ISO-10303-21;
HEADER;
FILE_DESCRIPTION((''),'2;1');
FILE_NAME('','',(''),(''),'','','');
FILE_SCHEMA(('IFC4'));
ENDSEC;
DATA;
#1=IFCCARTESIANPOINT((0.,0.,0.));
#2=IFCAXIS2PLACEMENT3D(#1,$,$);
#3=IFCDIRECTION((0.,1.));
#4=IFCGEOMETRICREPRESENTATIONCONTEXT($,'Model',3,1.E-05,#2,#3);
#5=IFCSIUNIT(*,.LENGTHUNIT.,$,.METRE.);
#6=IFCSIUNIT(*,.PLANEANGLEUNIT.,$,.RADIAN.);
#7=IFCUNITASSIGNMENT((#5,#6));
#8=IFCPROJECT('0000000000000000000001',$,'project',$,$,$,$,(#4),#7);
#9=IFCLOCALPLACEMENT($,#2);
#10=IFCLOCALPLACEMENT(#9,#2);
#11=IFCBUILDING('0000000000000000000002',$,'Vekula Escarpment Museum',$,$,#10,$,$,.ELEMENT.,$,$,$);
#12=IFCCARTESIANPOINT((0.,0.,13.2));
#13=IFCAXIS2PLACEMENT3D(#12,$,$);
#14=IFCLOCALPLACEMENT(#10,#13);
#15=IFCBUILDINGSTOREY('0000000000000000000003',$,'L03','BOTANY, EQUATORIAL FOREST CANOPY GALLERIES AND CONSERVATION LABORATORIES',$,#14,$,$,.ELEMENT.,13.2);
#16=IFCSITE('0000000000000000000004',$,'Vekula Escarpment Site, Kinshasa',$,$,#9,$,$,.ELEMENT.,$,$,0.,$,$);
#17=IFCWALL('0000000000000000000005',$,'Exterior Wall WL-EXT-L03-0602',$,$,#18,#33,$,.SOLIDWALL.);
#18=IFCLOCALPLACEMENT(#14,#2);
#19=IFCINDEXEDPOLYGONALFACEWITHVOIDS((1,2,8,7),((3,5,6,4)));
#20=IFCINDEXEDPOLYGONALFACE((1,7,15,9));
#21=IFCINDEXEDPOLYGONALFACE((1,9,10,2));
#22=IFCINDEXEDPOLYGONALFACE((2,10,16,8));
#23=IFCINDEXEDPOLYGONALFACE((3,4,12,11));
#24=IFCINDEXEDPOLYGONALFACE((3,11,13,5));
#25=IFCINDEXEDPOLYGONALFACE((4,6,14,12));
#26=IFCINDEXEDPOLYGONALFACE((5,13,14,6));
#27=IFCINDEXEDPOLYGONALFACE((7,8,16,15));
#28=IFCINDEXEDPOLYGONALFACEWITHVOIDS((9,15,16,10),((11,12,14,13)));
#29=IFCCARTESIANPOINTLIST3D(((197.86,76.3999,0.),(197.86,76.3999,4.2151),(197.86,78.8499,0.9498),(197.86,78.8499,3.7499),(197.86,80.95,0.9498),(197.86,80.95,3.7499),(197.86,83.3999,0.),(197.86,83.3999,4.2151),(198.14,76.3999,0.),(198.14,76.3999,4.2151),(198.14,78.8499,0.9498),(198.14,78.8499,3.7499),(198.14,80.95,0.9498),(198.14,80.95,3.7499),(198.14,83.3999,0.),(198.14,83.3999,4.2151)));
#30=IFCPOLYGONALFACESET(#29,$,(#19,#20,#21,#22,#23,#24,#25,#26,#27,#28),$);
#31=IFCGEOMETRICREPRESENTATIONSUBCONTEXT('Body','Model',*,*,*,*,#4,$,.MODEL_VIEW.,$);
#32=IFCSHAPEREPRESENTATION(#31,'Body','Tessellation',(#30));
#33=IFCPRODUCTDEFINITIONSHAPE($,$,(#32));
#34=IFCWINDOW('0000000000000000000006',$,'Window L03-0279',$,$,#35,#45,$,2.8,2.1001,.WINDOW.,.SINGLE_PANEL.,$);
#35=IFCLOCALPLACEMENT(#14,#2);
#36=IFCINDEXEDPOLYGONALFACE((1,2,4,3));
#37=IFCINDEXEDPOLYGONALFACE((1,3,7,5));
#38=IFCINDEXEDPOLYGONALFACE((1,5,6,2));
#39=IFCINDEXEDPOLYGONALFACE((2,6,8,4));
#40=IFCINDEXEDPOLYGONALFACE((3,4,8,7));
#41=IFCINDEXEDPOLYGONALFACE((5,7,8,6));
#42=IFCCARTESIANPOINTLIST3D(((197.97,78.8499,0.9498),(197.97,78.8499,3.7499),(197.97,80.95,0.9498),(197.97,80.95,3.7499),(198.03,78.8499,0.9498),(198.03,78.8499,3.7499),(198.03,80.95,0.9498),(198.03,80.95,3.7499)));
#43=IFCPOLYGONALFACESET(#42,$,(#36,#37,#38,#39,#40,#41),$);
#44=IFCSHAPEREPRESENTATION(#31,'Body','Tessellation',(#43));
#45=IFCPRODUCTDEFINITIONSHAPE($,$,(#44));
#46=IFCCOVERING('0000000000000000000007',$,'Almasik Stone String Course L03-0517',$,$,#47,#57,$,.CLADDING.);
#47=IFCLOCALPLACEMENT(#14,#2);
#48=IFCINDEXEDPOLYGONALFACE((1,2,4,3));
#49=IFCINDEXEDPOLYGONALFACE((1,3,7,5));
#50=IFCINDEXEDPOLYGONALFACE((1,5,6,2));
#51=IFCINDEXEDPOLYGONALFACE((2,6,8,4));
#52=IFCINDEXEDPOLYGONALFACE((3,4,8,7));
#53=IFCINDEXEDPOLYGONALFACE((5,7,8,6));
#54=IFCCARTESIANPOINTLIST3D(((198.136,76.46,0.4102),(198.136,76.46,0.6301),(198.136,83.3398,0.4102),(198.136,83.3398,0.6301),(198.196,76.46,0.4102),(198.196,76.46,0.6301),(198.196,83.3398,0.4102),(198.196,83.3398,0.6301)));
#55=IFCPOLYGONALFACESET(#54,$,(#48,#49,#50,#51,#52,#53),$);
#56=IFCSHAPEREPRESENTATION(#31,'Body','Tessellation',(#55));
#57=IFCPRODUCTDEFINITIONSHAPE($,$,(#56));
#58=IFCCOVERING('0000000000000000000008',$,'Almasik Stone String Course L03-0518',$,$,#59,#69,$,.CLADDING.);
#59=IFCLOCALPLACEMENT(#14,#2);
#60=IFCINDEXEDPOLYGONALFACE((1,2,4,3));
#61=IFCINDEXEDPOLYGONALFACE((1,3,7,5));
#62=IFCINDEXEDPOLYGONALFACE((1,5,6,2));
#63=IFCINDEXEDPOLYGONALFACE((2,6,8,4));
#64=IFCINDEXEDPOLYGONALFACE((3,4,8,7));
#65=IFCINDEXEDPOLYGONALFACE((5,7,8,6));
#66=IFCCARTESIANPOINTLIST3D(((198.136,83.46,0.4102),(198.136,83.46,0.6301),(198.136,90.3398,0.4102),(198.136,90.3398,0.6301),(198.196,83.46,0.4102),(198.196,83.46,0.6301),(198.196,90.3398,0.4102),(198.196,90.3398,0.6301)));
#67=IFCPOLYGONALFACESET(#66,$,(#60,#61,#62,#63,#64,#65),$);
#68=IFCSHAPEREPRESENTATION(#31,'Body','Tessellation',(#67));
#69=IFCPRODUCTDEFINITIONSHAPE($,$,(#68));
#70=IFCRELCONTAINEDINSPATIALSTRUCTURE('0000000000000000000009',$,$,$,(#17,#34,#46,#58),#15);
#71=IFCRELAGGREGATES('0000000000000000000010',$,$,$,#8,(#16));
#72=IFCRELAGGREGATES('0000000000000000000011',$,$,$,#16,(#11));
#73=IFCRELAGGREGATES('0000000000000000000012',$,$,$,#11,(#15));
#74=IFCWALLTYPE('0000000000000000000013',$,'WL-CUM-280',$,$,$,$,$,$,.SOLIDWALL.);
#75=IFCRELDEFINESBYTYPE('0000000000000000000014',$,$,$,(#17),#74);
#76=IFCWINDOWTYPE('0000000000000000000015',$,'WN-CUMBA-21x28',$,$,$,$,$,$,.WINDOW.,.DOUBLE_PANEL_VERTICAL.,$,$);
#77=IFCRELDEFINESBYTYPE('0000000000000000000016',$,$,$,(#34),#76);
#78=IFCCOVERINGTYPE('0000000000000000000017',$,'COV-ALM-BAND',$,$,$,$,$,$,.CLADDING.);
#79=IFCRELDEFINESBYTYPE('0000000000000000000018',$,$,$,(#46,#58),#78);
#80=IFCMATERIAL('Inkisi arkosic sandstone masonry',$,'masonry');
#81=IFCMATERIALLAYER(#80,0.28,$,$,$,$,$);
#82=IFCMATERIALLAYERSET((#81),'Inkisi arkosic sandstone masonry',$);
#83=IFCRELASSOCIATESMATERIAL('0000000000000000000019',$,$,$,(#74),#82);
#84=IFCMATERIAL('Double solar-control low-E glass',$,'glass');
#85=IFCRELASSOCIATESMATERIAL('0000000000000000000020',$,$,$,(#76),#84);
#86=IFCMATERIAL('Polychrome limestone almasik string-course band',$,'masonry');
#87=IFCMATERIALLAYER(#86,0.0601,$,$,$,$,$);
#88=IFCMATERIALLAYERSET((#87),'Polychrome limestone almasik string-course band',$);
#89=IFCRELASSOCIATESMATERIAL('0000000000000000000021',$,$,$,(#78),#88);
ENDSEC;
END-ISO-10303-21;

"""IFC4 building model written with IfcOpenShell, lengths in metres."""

from ifc_helpers import new_model, si_unit, direction, frame, frame_2d, origin, origin_2d, place, context, subcontext, project, spatial, rectangle, extrude, material, layer, layer_set, type_object, element, fill, save


model = new_model("IFC4")

# Units and contexts
model_context = context("Model", 3, precision=1e-05, world=origin(), true_north=direction((0.0, 1.0)))
body_context = subcontext(model_context, "Body", "Model", "MODEL_VIEW")
ifc_project = project(units=[si_unit("LENGTHUNIT", "METRE"), si_unit("PLANEANGLEUNIT", "RADIAN")], contexts=[model_context])

# Site, building, storey
site_placement = place(None, origin())
site = spatial("IfcSite", under=ifc_project, at=site_placement, Name="Vekula Escarpment Site, Kinshasa", CompositionType="ELEMENT", RefElevation=0.0)
building_placement = place(site_placement, origin())
building = spatial("IfcBuilding", under=site, at=building_placement, Name="Vekula Escarpment Museum", CompositionType="ELEMENT")
storey_placement = place(building_placement, frame((0.0, 0.0, 13.2)))
storey = spatial("IfcBuildingStorey", under=building, at=storey_placement, Name="L03", Description="BOTANY, EQUATORIAL FOREST CANOPY GALLERIES AND CONSERVATION LABORATORIES", CompositionType="ELEMENT", Elevation=13.2)

# Wall, opening, window
ifc_material_1 = material(Name="Inkisi arkosic sandstone masonry", Category="masonry")
ifc_layer_1 = layer(ifc_material_1, 0.28)
ifc_layer_set_1 = layer_set([ifc_layer_1], Name="Inkisi arkosic sandstone masonry")
wall_type = type_object("IfcWallType", Name="WL-CUM-280", PredefinedType="SOLIDWALL", material=ifc_layer_set_1)
wall_placement = place(storey_placement, frame((198.0, 83.3999, 0.0), z_axis=(0.0, 0.0, 1.0), x_axis=(0.0, -1.0, 0.0)))
wall = element("IfcWall", 1, at=wall_placement, inside=storey, type_object=wall_type, Name="Exterior Wall WL-EXT-L03-0602", PredefinedType="SOLIDWALL", context=body_context, shape_type="SweptSolid", body=[
    extrude(rectangle(XDim=7.0, YDim=0.28, at=frame_2d((3.5, 0.0))), origin(), (0.0, 0.0, 1.0), 4.2151),
])
opening_placement = place(wall_placement, frame((2.45, 0.0, 0.95)))
opening = element("IfcOpeningElement", 2, at=opening_placement, cuts=wall, PredefinedType="OPENING", context=body_context, shape_type="SweptSolid", body=[
    extrude(rectangle(XDim=2.1001, YDim=2.8, at=frame_2d((1.05, 1.3999))), frame((0.0, 0.1499, 0.0), z_axis=(0.0, -1.0, 0.0), x_axis=(1.0, 0.0, 0.0)), (0.0, 0.0, 1.0), 0.3),
])
ifc_material_2 = material(Name="Double solar-control low-E glass", Category="glass")
window_type = type_object("IfcWindowType", Name="WN-CUMBA-21x28", PartitioningType="DOUBLE_PANEL_VERTICAL", PredefinedType="WINDOW", material=ifc_material_2)
window_placement = place(opening_placement, origin())
window = element("IfcWindow", 3, at=window_placement, inside=storey, type_object=window_type, Name="Window L03-0279", OverallHeight=2.8, OverallWidth=2.1001, PartitioningType="SINGLE_PANEL", PredefinedType="WINDOW", context=body_context, shape_type="SweptSolid", body=[
    extrude(rectangle(XDim=2.1001, YDim=2.8, at=frame_2d((1.05, 1.3999))), frame((0.0, 0.03, 0.0), z_axis=(0.0, -1.0, 0.0), x_axis=(1.0, 0.0, 0.0)), (0.0, 0.0, 1.0), 0.0601),
])
fill(opening, window)

# Coverings
ifc_material_3 = material(Name="Polychrome limestone almasik string-course band", Category="masonry")
ifc_layer_2 = layer(ifc_material_3, 0.0601)
ifc_layer_set_2 = layer_set([ifc_layer_2], Name="Polychrome limestone almasik string-course band")
covering_type = type_object("IfcCoveringType", Name="COV-ALM-BAND", PredefinedType="CLADDING", material=ifc_layer_set_2)
for number, where, z_axis, x_axis, name in (
    (4, (198.166, 79.8999, 0.4102), (0.0, 0.0, 1.0), (0.0, 1.0, 0.0), "Almasik Stone String Course L03-0517"),
    (5, (198.166, 86.8999, 0.4102), (0.0, 0.0, 1.0), (0.0, 1.0, 0.0), "Almasik Stone String Course L03-0518"),
):
    element("IfcCovering", number, at=place(storey_placement, frame(where, z_axis=z_axis, x_axis=x_axis)), inside=storey, type_object=covering_type, Name=name, PredefinedType="CLADDING", context=body_context, shape_type="SweptSolid", body=[
        extrude(rectangle(XDim=6.8799, YDim=0.0601, at=origin_2d()), origin(), (0.0, 0.0, 1.0), 0.22),
    ])

save(model, "model.ifc")
